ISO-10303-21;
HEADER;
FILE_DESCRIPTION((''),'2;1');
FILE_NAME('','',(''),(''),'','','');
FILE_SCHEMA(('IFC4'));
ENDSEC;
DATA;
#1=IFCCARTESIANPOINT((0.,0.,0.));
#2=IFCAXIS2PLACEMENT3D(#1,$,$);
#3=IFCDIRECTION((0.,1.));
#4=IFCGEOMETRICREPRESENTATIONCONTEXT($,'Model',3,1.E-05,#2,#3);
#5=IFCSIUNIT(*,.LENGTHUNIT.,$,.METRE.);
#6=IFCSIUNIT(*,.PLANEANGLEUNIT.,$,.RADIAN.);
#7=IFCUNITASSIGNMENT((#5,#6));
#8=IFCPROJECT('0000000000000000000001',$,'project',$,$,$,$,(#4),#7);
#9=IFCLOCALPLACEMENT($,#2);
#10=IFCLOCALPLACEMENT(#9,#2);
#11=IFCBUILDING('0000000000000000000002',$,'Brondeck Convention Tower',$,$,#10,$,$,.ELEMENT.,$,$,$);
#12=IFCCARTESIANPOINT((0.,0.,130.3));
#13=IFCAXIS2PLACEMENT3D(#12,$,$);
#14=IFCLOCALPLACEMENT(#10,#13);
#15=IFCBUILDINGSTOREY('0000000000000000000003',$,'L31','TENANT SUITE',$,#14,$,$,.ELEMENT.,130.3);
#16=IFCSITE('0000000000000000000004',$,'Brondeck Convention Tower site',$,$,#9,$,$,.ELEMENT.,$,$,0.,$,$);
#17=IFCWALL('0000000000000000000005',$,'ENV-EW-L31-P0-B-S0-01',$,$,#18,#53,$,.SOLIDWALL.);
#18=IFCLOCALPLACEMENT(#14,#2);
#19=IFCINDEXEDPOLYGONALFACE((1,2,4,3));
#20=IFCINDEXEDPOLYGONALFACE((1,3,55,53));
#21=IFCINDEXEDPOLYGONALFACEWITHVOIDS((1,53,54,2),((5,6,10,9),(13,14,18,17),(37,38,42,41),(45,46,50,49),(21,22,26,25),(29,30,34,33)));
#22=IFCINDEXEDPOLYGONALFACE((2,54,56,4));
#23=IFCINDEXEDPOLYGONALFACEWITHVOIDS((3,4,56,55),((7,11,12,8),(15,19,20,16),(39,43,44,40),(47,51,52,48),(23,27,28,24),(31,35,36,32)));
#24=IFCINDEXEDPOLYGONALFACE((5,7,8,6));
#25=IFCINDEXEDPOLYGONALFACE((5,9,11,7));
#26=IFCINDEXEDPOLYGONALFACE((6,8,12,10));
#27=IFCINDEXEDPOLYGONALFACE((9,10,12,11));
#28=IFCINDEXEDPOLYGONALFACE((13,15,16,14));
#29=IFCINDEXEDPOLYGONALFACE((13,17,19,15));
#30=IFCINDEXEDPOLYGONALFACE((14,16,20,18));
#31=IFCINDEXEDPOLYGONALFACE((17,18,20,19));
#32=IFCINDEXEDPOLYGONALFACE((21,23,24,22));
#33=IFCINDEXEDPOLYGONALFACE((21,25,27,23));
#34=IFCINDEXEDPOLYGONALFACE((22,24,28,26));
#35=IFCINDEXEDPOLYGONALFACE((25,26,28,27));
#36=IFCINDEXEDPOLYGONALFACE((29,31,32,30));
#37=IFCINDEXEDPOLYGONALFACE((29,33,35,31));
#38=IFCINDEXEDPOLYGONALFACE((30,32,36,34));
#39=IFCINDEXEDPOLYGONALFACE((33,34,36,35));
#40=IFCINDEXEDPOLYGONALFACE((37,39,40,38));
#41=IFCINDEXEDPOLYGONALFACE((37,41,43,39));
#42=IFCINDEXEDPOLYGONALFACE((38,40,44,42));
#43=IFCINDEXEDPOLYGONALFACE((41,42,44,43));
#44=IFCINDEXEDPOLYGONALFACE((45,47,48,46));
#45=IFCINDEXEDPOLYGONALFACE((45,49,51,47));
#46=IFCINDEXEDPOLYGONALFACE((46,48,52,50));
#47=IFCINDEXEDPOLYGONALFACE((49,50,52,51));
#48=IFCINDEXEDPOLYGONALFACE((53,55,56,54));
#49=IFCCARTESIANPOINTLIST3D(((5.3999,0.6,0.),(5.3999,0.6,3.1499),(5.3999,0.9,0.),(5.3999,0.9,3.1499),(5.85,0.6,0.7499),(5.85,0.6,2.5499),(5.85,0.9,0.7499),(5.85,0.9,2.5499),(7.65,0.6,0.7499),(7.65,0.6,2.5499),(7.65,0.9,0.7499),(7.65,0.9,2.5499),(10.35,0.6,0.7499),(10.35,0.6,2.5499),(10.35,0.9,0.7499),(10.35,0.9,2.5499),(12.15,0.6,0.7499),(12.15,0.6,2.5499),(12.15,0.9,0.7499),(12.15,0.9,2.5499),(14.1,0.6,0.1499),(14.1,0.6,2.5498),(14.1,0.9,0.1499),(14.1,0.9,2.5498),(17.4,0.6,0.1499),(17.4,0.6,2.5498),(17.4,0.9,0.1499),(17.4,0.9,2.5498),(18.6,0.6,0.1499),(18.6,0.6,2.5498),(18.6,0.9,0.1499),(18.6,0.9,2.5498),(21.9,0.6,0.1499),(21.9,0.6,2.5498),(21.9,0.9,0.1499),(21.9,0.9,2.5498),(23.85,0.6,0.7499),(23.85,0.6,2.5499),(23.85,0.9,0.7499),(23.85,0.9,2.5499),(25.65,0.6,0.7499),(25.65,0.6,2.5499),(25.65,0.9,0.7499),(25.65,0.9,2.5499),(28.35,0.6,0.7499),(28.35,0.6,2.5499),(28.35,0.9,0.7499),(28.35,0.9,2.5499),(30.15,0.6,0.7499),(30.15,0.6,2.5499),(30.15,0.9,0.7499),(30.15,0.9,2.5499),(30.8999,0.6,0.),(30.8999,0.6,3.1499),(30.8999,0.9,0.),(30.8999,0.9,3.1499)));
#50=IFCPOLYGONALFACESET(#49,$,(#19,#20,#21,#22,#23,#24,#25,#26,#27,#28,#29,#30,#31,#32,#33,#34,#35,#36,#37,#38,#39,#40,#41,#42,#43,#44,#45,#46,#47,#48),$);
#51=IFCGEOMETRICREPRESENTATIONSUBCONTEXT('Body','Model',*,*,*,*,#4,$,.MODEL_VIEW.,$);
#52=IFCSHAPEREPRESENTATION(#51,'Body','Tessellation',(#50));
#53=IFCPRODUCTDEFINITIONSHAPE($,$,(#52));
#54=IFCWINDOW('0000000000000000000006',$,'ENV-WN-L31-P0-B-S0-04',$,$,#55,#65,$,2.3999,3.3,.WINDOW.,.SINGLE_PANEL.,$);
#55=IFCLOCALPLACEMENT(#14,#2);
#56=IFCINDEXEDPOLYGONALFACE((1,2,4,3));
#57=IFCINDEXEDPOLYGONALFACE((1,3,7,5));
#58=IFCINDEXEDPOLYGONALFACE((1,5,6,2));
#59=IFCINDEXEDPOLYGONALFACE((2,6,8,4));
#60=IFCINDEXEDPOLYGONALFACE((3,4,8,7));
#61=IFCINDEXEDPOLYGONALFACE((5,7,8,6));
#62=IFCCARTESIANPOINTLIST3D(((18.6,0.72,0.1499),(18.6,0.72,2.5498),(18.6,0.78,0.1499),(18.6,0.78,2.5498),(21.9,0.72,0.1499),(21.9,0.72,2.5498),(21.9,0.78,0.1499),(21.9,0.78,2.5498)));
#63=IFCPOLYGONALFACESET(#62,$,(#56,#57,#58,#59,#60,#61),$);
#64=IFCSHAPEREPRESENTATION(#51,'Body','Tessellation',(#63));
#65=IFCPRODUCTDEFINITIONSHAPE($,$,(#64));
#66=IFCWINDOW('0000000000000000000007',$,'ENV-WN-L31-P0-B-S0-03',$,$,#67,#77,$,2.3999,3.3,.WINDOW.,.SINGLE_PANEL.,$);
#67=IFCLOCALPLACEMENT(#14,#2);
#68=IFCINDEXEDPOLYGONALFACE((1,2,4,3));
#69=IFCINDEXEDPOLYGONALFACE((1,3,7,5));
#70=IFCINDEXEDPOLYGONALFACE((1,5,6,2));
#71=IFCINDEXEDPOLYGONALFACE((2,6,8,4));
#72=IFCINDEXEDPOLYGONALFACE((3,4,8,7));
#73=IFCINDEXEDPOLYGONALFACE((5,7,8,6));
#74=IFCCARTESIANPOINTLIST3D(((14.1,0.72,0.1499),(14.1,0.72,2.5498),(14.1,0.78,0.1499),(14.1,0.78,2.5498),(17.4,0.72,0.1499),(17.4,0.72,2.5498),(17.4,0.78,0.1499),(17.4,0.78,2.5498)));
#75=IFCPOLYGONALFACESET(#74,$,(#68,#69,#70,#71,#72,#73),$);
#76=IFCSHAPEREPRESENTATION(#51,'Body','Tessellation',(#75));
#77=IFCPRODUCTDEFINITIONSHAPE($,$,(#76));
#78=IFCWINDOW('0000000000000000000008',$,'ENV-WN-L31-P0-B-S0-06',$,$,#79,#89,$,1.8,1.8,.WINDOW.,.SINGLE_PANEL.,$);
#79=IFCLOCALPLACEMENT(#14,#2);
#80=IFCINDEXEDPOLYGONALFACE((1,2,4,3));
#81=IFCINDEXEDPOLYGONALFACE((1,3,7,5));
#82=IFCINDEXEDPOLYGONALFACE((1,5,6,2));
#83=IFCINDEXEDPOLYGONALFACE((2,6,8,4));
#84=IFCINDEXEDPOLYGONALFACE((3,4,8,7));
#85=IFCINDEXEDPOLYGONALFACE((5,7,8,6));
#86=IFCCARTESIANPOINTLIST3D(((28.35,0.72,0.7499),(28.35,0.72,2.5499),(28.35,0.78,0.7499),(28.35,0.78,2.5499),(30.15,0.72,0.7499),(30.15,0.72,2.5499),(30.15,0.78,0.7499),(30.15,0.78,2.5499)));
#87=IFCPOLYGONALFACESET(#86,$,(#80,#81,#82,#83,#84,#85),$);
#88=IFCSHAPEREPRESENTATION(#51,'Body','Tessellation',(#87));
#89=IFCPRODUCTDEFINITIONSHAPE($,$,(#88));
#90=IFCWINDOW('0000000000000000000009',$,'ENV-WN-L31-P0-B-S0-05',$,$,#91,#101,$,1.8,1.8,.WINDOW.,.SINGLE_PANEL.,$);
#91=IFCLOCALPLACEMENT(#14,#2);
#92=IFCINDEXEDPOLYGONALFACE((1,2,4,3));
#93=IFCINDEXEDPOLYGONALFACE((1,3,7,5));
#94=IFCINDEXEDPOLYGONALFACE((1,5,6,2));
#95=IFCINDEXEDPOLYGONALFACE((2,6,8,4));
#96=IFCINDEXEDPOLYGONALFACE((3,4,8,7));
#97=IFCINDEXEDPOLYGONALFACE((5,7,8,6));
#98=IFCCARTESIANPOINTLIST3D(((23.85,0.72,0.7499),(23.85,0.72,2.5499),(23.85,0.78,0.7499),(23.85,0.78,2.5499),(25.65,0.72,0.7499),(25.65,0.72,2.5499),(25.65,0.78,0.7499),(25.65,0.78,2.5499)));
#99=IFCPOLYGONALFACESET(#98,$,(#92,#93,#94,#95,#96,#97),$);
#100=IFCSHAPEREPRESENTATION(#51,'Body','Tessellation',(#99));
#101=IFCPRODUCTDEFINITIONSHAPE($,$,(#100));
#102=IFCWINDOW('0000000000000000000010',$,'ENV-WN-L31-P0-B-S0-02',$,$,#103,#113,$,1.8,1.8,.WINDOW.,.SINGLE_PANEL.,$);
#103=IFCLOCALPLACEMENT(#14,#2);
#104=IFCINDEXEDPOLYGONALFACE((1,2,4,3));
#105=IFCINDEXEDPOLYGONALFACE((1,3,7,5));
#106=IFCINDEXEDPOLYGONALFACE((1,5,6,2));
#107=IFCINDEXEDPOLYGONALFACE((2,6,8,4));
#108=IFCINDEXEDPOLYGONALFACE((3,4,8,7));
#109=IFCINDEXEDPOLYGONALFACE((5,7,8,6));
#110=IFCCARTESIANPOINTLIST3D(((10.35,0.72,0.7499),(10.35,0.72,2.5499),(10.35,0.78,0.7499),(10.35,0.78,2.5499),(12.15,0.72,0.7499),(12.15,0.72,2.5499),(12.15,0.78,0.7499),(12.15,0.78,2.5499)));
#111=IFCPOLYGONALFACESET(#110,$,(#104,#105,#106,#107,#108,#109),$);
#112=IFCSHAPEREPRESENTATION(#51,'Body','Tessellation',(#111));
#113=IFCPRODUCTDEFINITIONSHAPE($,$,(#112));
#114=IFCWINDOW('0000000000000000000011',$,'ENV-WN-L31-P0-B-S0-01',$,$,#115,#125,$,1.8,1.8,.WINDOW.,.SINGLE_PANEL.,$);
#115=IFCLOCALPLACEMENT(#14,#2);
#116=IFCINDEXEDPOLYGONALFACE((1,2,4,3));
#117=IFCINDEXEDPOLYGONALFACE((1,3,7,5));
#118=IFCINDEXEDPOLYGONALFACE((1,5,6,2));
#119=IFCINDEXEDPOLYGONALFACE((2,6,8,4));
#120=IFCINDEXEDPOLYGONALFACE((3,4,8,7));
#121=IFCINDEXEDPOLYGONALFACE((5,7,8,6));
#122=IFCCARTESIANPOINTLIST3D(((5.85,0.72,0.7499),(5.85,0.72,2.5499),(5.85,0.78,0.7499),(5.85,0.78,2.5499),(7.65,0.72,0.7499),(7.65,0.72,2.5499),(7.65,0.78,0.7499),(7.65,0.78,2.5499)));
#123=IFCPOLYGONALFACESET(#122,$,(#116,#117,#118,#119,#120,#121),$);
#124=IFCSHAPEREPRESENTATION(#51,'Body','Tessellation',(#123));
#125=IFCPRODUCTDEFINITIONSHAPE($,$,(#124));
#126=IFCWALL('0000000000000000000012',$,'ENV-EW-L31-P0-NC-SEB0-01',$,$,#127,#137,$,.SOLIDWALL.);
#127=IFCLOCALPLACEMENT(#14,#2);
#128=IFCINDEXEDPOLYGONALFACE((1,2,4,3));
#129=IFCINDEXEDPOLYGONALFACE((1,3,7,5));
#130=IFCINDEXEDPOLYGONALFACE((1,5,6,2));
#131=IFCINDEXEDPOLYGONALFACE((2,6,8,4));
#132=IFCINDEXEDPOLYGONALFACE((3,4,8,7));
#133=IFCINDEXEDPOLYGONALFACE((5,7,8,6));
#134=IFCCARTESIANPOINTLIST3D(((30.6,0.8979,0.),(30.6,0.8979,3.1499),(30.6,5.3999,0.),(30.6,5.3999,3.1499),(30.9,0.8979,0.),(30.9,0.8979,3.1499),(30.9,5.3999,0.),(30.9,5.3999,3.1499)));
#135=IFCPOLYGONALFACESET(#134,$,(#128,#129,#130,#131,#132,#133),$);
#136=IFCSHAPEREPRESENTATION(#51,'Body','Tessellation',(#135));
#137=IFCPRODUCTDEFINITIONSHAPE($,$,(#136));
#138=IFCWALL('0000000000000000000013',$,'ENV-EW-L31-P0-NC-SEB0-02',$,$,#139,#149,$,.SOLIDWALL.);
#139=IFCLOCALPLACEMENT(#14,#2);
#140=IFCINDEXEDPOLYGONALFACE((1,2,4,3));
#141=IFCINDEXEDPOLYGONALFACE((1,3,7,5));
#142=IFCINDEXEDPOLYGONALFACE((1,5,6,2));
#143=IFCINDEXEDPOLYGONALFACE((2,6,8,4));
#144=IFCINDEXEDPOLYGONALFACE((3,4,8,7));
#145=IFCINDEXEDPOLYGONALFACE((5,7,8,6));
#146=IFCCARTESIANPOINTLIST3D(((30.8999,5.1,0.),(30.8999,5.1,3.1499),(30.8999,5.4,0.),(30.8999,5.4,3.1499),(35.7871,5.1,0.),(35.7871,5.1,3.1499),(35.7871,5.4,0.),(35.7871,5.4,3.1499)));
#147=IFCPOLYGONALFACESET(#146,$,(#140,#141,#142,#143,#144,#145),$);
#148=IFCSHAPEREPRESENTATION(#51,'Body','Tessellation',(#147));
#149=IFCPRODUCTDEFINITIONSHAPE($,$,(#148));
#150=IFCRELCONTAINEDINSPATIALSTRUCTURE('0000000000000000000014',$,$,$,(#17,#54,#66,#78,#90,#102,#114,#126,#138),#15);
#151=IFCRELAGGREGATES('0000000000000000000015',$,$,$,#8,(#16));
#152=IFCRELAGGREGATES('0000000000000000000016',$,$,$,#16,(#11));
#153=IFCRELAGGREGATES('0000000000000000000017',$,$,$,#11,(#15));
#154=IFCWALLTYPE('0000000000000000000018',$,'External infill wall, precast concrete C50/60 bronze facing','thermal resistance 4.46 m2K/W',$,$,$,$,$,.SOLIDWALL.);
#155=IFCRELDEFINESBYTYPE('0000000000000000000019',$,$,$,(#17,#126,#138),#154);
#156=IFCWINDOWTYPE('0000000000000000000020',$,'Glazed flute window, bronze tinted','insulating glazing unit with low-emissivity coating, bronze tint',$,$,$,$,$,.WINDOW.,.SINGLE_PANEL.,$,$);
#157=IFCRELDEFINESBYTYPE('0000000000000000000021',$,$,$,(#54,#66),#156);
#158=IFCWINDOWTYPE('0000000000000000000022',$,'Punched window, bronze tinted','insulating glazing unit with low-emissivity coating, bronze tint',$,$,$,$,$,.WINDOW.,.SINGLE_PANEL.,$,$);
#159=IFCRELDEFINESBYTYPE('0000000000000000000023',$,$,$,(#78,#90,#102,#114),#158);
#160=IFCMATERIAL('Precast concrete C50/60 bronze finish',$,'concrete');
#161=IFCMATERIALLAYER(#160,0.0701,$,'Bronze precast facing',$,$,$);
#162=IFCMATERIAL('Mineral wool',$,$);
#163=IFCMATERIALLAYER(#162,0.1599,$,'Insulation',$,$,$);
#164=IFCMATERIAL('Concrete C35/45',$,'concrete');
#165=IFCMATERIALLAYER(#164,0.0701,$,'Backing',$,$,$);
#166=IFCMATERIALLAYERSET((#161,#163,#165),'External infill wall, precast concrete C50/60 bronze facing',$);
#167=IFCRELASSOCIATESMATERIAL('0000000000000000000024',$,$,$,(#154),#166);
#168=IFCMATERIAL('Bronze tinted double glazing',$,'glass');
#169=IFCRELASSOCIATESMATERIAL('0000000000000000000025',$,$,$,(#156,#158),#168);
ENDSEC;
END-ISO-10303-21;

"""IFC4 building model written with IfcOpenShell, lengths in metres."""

from ifc_helpers import new_model, si_unit, direction, frame, frame_2d, origin, place, context, subcontext, project, spatial, rectangle, extrude, material, layer, layer_set, type_object, element, fill, save


model = new_model("IFC4")

# Units and contexts
model_context = context("Model", 3, precision=1e-05, world=origin(), true_north=direction((0.0, 1.0)))
body_context = subcontext(model_context, "Body", "Model", "MODEL_VIEW")
ifc_project = project(units=[si_unit("LENGTHUNIT", "METRE"), si_unit("PLANEANGLEUNIT", "RADIAN")], contexts=[model_context])

# Site, building, storey
site_placement = place(None, origin())
site = spatial("IfcSite", under=ifc_project, at=site_placement, Name="Brondeck Convention Tower site", CompositionType="ELEMENT", RefElevation=0.0)
building_placement = place(site_placement, origin())
building = spatial("IfcBuilding", under=site, at=building_placement, Name="Brondeck Convention Tower", CompositionType="ELEMENT")
storey_placement = place(building_placement, frame((0.0, 0.0, 130.3)))
storey = spatial("IfcBuildingStorey", under=building, at=storey_placement, Name="L31", Description="TENANT SUITE", CompositionType="ELEMENT", Elevation=130.3)

# Wall, openings, windows
ifc_material_1 = material(Name="Precast concrete C50/60 bronze finish", Category="concrete")
ifc_layer_1 = layer(ifc_material_1, 0.0701, Name="Bronze precast facing")
ifc_material_2 = material(Name="Mineral wool")
ifc_layer_2 = layer(ifc_material_2, 0.1599, Name="Insulation")
ifc_material_3 = material(Name="Concrete C35/45", Category="concrete")
ifc_layer_3 = layer(ifc_material_3, 0.0701, Name="Backing")
ifc_layer_set_1 = layer_set([ifc_layer_1, ifc_layer_2, ifc_layer_3], Name="External infill wall, precast concrete C50/60 bronze facing")
wall_type_1 = type_object("IfcWallType", Name="External infill wall, precast concrete C50/60 bronze facing", Description="thermal resistance 4.46 m2K/W", PredefinedType="SOLIDWALL", material=ifc_layer_set_1)
wall_1_placement = place(storey_placement, frame((30.8999, 0.75, 0.0), z_axis=(0.0, 0.0, 1.0), x_axis=(-1.0, 0.0, 0.0)))
wall_1 = element("IfcWall", 1, at=wall_1_placement, inside=storey, type_object=wall_type_1, Name="ENV-EW-L31-P0-B-S0-01", PredefinedType="SOLIDWALL", context=body_context, shape_type="SweptSolid", body=[
    extrude(rectangle(XDim=25.5, YDim=0.3, at=frame_2d((12.75, 0.0))), origin(), (0.0, 0.0, 1.0), 3.1499),
])
opening_1_placement = place(wall_1_placement, frame((0.75, 0.0, 0.75)))
opening_1 = element("IfcOpeningElement", 2, at=opening_1_placement, cuts=wall_1, PredefinedType="OPENING", context=body_context, shape_type="SweptSolid", body=[
    extrude(rectangle(XDim=1.8, YDim=1.8, at=frame_2d((0.8999, 0.8999))), frame((0.0, 0.1599, 0.0), z_axis=(0.0, -1.0, 0.0), x_axis=(1.0, 0.0, 0.0)), (0.0, 0.0, 1.0), 0.3201),
])
opening_2_placement = place(wall_1_placement, frame((5.25, 0.0, 0.75)))
opening_2 = element("IfcOpeningElement", 3, at=opening_2_placement, cuts=wall_1, PredefinedType="OPENING", context=body_context, shape_type="SweptSolid", body=[
    extrude(rectangle(XDim=1.8, YDim=1.8, at=frame_2d((0.8999, 0.8999))), frame((0.0, 0.1599, 0.0), z_axis=(0.0, -1.0, 0.0), x_axis=(1.0, 0.0, 0.0)), (0.0, 0.0, 1.0), 0.3201),
])
opening_3_placement = place(wall_1_placement, frame((9.0, 0.0, 0.1499)))
opening_3 = element("IfcOpeningElement", 4, at=opening_3_placement, cuts=wall_1, PredefinedType="OPENING", context=body_context, shape_type="SweptSolid", body=[
    extrude(rectangle(XDim=3.3, YDim=2.3999, at=frame_2d((1.6499, 1.2))), frame((0.0, 0.1599, 0.0), z_axis=(0.0, -1.0, 0.0), x_axis=(1.0, 0.0, 0.0)), (0.0, 0.0, 1.0), 0.3201),
])
opening_4_placement = place(wall_1_placement, frame((13.5, 0.0, 0.1499)))
opening_4 = element("IfcOpeningElement", 5, at=opening_4_placement, cuts=wall_1, PredefinedType="OPENING", context=body_context, shape_type="SweptSolid", body=[
    extrude(rectangle(XDim=3.3, YDim=2.3999, at=frame_2d((1.6499, 1.2))), frame((0.0, 0.1599, 0.0), z_axis=(0.0, -1.0, 0.0), x_axis=(1.0, 0.0, 0.0)), (0.0, 0.0, 1.0), 0.3201),
])
opening_5_placement = place(wall_1_placement, frame((18.75, 0.0, 0.75)))
opening_5 = element("IfcOpeningElement", 6, at=opening_5_placement, cuts=wall_1, PredefinedType="OPENING", context=body_context, shape_type="SweptSolid", body=[
    extrude(rectangle(XDim=1.8, YDim=1.8, at=frame_2d((0.8999, 0.8999))), frame((0.0, 0.1599, 0.0), z_axis=(0.0, -1.0, 0.0), x_axis=(1.0, 0.0, 0.0)), (0.0, 0.0, 1.0), 0.3201),
])
opening_6_placement = place(wall_1_placement, frame((23.25, 0.0, 0.75)))
opening_6 = element("IfcOpeningElement", 7, at=opening_6_placement, cuts=wall_1, PredefinedType="OPENING", context=body_context, shape_type="SweptSolid", body=[
    extrude(rectangle(XDim=1.8, YDim=1.8, at=frame_2d((0.8999, 0.8999))), frame((0.0, 0.1599, 0.0), z_axis=(0.0, -1.0, 0.0), x_axis=(1.0, 0.0, 0.0)), (0.0, 0.0, 1.0), 0.3201),
])
ifc_material_4 = material(Name="Bronze tinted double glazing", Category="glass")
window_type_1 = type_object("IfcWindowType", Name="Glazed flute window, bronze tinted", Description="insulating glazing unit with low-emissivity coating, bronze tint", PartitioningType="SINGLE_PANEL", PredefinedType="WINDOW", material=ifc_material_4)
window_1_placement = place(opening_3_placement, origin())
window_1 = element("IfcWindow", 8, at=window_1_placement, inside=storey, type_object=window_type_1, Name="ENV-WN-L31-P0-B-S0-04", OverallHeight=2.3999, OverallWidth=3.3, PartitioningType="SINGLE_PANEL", PredefinedType="WINDOW", context=body_context, shape_type="SweptSolid", body=[
    extrude(rectangle(XDim=3.3, YDim=2.3999, at=frame_2d((1.6499, 1.2))), frame((0.0, 0.03, 0.0), z_axis=(0.0, -1.0, 0.0), x_axis=(1.0, 0.0, 0.0)), (0.0, 0.0, 1.0), 0.0601),
])
fill(opening_3, window_1)
window_2_placement = place(opening_4_placement, origin())
window_2 = element("IfcWindow", 9, at=window_2_placement, inside=storey, type_object=window_type_1, Name="ENV-WN-L31-P0-B-S0-03", OverallHeight=2.3999, OverallWidth=3.3, PartitioningType="SINGLE_PANEL", PredefinedType="WINDOW", context=body_context, shape_type="SweptSolid", body=[
    extrude(rectangle(XDim=3.3, YDim=2.3999, at=frame_2d((1.6499, 1.2))), frame((0.0, 0.03, 0.0), z_axis=(0.0, -1.0, 0.0), x_axis=(1.0, 0.0, 0.0)), (0.0, 0.0, 1.0), 0.0601),
])
fill(opening_4, window_2)
window_type_2 = type_object("IfcWindowType", Name="Punched window, bronze tinted", Description="insulating glazing unit with low-emissivity coating, bronze tint", PartitioningType="SINGLE_PANEL", PredefinedType="WINDOW", material=ifc_material_4)
window_3_placement = place(opening_1_placement, origin())
window_3 = element("IfcWindow", 10, at=window_3_placement, inside=storey, type_object=window_type_2, Name="ENV-WN-L31-P0-B-S0-06", OverallHeight=1.8, OverallWidth=1.8, PartitioningType="SINGLE_PANEL", PredefinedType="WINDOW", context=body_context, shape_type="SweptSolid", body=[
    extrude(rectangle(XDim=1.8, YDim=1.8, at=frame_2d((0.8999, 0.8999))), frame((0.0, 0.03, 0.0), z_axis=(0.0, -1.0, 0.0), x_axis=(1.0, 0.0, 0.0)), (0.0, 0.0, 1.0), 0.0601),
])
fill(opening_1, window_3)
window_4_placement = place(opening_2_placement, origin())
window_4 = element("IfcWindow", 11, at=window_4_placement, inside=storey, type_object=window_type_2, Name="ENV-WN-L31-P0-B-S0-05", OverallHeight=1.8, OverallWidth=1.8, PartitioningType="SINGLE_PANEL", PredefinedType="WINDOW", context=body_context, shape_type="SweptSolid", body=[
    extrude(rectangle(XDim=1.8, YDim=1.8, at=frame_2d((0.8999, 0.8999))), frame((0.0, 0.03, 0.0), z_axis=(0.0, -1.0, 0.0), x_axis=(1.0, 0.0, 0.0)), (0.0, 0.0, 1.0), 0.0601),
])
fill(opening_2, window_4)
window_5_placement = place(opening_5_placement, origin())
window_5 = element("IfcWindow", 12, at=window_5_placement, inside=storey, type_object=window_type_2, Name="ENV-WN-L31-P0-B-S0-02", OverallHeight=1.8, OverallWidth=1.8, PartitioningType="SINGLE_PANEL", PredefinedType="WINDOW", context=body_context, shape_type="SweptSolid", body=[
    extrude(rectangle(XDim=1.8, YDim=1.8, at=frame_2d((0.8999, 0.8999))), frame((0.0, 0.03, 0.0), z_axis=(0.0, -1.0, 0.0), x_axis=(1.0, 0.0, 0.0)), (0.0, 0.0, 1.0), 0.0601),
])
fill(opening_5, window_5)
window_6_placement = place(opening_6_placement, origin())
window_6 = element("IfcWindow", 13, at=window_6_placement, inside=storey, type_object=window_type_2, Name="ENV-WN-L31-P0-B-S0-01", OverallHeight=1.8, OverallWidth=1.8, PartitioningType="SINGLE_PANEL", PredefinedType="WINDOW", context=body_context, shape_type="SweptSolid", body=[
    extrude(rectangle(XDim=1.8, YDim=1.8, at=frame_2d((0.8999, 0.8999))), frame((0.0, 0.03, 0.0), z_axis=(0.0, -1.0, 0.0), x_axis=(1.0, 0.0, 0.0)), (0.0, 0.0, 1.0), 0.0601),
])
fill(opening_6, window_6)

# Walls
wall_2_placement = place(storey_placement, frame((30.75, 5.3999, 0.0), z_axis=(0.0, 0.0, 1.0), x_axis=(0.0, -1.0, 0.0)))
element("IfcWall", 14, at=wall_2_placement, inside=storey, type_object=wall_type_1, Name="ENV-EW-L31-P0-NC-SEB0-01", PredefinedType="SOLIDWALL", context=body_context, shape_type="SweptSolid", body=[
    extrude(rectangle(XDim=4.502, YDim=0.3, at=frame_2d((2.251, 0.0))), origin(), (0.0, 0.0, 1.0), 3.1499),
])
wall_3_placement = place(storey_placement, frame((35.7871, 5.25, 0.0), z_axis=(0.0, 0.0, 1.0), x_axis=(-1.0, 0.0, 0.0)))
element("IfcWall", 15, at=wall_3_placement, inside=storey, type_object=wall_type_1, Name="ENV-EW-L31-P0-NC-SEB0-02", PredefinedType="SOLIDWALL", context=body_context, shape_type="SweptSolid", body=[
    extrude(rectangle(XDim=4.8872, YDim=0.3, at=frame_2d((2.4436, 0.0))), origin(), (0.0, 0.0, 1.0), 3.1499),
])

save(model, "model.ifc")
